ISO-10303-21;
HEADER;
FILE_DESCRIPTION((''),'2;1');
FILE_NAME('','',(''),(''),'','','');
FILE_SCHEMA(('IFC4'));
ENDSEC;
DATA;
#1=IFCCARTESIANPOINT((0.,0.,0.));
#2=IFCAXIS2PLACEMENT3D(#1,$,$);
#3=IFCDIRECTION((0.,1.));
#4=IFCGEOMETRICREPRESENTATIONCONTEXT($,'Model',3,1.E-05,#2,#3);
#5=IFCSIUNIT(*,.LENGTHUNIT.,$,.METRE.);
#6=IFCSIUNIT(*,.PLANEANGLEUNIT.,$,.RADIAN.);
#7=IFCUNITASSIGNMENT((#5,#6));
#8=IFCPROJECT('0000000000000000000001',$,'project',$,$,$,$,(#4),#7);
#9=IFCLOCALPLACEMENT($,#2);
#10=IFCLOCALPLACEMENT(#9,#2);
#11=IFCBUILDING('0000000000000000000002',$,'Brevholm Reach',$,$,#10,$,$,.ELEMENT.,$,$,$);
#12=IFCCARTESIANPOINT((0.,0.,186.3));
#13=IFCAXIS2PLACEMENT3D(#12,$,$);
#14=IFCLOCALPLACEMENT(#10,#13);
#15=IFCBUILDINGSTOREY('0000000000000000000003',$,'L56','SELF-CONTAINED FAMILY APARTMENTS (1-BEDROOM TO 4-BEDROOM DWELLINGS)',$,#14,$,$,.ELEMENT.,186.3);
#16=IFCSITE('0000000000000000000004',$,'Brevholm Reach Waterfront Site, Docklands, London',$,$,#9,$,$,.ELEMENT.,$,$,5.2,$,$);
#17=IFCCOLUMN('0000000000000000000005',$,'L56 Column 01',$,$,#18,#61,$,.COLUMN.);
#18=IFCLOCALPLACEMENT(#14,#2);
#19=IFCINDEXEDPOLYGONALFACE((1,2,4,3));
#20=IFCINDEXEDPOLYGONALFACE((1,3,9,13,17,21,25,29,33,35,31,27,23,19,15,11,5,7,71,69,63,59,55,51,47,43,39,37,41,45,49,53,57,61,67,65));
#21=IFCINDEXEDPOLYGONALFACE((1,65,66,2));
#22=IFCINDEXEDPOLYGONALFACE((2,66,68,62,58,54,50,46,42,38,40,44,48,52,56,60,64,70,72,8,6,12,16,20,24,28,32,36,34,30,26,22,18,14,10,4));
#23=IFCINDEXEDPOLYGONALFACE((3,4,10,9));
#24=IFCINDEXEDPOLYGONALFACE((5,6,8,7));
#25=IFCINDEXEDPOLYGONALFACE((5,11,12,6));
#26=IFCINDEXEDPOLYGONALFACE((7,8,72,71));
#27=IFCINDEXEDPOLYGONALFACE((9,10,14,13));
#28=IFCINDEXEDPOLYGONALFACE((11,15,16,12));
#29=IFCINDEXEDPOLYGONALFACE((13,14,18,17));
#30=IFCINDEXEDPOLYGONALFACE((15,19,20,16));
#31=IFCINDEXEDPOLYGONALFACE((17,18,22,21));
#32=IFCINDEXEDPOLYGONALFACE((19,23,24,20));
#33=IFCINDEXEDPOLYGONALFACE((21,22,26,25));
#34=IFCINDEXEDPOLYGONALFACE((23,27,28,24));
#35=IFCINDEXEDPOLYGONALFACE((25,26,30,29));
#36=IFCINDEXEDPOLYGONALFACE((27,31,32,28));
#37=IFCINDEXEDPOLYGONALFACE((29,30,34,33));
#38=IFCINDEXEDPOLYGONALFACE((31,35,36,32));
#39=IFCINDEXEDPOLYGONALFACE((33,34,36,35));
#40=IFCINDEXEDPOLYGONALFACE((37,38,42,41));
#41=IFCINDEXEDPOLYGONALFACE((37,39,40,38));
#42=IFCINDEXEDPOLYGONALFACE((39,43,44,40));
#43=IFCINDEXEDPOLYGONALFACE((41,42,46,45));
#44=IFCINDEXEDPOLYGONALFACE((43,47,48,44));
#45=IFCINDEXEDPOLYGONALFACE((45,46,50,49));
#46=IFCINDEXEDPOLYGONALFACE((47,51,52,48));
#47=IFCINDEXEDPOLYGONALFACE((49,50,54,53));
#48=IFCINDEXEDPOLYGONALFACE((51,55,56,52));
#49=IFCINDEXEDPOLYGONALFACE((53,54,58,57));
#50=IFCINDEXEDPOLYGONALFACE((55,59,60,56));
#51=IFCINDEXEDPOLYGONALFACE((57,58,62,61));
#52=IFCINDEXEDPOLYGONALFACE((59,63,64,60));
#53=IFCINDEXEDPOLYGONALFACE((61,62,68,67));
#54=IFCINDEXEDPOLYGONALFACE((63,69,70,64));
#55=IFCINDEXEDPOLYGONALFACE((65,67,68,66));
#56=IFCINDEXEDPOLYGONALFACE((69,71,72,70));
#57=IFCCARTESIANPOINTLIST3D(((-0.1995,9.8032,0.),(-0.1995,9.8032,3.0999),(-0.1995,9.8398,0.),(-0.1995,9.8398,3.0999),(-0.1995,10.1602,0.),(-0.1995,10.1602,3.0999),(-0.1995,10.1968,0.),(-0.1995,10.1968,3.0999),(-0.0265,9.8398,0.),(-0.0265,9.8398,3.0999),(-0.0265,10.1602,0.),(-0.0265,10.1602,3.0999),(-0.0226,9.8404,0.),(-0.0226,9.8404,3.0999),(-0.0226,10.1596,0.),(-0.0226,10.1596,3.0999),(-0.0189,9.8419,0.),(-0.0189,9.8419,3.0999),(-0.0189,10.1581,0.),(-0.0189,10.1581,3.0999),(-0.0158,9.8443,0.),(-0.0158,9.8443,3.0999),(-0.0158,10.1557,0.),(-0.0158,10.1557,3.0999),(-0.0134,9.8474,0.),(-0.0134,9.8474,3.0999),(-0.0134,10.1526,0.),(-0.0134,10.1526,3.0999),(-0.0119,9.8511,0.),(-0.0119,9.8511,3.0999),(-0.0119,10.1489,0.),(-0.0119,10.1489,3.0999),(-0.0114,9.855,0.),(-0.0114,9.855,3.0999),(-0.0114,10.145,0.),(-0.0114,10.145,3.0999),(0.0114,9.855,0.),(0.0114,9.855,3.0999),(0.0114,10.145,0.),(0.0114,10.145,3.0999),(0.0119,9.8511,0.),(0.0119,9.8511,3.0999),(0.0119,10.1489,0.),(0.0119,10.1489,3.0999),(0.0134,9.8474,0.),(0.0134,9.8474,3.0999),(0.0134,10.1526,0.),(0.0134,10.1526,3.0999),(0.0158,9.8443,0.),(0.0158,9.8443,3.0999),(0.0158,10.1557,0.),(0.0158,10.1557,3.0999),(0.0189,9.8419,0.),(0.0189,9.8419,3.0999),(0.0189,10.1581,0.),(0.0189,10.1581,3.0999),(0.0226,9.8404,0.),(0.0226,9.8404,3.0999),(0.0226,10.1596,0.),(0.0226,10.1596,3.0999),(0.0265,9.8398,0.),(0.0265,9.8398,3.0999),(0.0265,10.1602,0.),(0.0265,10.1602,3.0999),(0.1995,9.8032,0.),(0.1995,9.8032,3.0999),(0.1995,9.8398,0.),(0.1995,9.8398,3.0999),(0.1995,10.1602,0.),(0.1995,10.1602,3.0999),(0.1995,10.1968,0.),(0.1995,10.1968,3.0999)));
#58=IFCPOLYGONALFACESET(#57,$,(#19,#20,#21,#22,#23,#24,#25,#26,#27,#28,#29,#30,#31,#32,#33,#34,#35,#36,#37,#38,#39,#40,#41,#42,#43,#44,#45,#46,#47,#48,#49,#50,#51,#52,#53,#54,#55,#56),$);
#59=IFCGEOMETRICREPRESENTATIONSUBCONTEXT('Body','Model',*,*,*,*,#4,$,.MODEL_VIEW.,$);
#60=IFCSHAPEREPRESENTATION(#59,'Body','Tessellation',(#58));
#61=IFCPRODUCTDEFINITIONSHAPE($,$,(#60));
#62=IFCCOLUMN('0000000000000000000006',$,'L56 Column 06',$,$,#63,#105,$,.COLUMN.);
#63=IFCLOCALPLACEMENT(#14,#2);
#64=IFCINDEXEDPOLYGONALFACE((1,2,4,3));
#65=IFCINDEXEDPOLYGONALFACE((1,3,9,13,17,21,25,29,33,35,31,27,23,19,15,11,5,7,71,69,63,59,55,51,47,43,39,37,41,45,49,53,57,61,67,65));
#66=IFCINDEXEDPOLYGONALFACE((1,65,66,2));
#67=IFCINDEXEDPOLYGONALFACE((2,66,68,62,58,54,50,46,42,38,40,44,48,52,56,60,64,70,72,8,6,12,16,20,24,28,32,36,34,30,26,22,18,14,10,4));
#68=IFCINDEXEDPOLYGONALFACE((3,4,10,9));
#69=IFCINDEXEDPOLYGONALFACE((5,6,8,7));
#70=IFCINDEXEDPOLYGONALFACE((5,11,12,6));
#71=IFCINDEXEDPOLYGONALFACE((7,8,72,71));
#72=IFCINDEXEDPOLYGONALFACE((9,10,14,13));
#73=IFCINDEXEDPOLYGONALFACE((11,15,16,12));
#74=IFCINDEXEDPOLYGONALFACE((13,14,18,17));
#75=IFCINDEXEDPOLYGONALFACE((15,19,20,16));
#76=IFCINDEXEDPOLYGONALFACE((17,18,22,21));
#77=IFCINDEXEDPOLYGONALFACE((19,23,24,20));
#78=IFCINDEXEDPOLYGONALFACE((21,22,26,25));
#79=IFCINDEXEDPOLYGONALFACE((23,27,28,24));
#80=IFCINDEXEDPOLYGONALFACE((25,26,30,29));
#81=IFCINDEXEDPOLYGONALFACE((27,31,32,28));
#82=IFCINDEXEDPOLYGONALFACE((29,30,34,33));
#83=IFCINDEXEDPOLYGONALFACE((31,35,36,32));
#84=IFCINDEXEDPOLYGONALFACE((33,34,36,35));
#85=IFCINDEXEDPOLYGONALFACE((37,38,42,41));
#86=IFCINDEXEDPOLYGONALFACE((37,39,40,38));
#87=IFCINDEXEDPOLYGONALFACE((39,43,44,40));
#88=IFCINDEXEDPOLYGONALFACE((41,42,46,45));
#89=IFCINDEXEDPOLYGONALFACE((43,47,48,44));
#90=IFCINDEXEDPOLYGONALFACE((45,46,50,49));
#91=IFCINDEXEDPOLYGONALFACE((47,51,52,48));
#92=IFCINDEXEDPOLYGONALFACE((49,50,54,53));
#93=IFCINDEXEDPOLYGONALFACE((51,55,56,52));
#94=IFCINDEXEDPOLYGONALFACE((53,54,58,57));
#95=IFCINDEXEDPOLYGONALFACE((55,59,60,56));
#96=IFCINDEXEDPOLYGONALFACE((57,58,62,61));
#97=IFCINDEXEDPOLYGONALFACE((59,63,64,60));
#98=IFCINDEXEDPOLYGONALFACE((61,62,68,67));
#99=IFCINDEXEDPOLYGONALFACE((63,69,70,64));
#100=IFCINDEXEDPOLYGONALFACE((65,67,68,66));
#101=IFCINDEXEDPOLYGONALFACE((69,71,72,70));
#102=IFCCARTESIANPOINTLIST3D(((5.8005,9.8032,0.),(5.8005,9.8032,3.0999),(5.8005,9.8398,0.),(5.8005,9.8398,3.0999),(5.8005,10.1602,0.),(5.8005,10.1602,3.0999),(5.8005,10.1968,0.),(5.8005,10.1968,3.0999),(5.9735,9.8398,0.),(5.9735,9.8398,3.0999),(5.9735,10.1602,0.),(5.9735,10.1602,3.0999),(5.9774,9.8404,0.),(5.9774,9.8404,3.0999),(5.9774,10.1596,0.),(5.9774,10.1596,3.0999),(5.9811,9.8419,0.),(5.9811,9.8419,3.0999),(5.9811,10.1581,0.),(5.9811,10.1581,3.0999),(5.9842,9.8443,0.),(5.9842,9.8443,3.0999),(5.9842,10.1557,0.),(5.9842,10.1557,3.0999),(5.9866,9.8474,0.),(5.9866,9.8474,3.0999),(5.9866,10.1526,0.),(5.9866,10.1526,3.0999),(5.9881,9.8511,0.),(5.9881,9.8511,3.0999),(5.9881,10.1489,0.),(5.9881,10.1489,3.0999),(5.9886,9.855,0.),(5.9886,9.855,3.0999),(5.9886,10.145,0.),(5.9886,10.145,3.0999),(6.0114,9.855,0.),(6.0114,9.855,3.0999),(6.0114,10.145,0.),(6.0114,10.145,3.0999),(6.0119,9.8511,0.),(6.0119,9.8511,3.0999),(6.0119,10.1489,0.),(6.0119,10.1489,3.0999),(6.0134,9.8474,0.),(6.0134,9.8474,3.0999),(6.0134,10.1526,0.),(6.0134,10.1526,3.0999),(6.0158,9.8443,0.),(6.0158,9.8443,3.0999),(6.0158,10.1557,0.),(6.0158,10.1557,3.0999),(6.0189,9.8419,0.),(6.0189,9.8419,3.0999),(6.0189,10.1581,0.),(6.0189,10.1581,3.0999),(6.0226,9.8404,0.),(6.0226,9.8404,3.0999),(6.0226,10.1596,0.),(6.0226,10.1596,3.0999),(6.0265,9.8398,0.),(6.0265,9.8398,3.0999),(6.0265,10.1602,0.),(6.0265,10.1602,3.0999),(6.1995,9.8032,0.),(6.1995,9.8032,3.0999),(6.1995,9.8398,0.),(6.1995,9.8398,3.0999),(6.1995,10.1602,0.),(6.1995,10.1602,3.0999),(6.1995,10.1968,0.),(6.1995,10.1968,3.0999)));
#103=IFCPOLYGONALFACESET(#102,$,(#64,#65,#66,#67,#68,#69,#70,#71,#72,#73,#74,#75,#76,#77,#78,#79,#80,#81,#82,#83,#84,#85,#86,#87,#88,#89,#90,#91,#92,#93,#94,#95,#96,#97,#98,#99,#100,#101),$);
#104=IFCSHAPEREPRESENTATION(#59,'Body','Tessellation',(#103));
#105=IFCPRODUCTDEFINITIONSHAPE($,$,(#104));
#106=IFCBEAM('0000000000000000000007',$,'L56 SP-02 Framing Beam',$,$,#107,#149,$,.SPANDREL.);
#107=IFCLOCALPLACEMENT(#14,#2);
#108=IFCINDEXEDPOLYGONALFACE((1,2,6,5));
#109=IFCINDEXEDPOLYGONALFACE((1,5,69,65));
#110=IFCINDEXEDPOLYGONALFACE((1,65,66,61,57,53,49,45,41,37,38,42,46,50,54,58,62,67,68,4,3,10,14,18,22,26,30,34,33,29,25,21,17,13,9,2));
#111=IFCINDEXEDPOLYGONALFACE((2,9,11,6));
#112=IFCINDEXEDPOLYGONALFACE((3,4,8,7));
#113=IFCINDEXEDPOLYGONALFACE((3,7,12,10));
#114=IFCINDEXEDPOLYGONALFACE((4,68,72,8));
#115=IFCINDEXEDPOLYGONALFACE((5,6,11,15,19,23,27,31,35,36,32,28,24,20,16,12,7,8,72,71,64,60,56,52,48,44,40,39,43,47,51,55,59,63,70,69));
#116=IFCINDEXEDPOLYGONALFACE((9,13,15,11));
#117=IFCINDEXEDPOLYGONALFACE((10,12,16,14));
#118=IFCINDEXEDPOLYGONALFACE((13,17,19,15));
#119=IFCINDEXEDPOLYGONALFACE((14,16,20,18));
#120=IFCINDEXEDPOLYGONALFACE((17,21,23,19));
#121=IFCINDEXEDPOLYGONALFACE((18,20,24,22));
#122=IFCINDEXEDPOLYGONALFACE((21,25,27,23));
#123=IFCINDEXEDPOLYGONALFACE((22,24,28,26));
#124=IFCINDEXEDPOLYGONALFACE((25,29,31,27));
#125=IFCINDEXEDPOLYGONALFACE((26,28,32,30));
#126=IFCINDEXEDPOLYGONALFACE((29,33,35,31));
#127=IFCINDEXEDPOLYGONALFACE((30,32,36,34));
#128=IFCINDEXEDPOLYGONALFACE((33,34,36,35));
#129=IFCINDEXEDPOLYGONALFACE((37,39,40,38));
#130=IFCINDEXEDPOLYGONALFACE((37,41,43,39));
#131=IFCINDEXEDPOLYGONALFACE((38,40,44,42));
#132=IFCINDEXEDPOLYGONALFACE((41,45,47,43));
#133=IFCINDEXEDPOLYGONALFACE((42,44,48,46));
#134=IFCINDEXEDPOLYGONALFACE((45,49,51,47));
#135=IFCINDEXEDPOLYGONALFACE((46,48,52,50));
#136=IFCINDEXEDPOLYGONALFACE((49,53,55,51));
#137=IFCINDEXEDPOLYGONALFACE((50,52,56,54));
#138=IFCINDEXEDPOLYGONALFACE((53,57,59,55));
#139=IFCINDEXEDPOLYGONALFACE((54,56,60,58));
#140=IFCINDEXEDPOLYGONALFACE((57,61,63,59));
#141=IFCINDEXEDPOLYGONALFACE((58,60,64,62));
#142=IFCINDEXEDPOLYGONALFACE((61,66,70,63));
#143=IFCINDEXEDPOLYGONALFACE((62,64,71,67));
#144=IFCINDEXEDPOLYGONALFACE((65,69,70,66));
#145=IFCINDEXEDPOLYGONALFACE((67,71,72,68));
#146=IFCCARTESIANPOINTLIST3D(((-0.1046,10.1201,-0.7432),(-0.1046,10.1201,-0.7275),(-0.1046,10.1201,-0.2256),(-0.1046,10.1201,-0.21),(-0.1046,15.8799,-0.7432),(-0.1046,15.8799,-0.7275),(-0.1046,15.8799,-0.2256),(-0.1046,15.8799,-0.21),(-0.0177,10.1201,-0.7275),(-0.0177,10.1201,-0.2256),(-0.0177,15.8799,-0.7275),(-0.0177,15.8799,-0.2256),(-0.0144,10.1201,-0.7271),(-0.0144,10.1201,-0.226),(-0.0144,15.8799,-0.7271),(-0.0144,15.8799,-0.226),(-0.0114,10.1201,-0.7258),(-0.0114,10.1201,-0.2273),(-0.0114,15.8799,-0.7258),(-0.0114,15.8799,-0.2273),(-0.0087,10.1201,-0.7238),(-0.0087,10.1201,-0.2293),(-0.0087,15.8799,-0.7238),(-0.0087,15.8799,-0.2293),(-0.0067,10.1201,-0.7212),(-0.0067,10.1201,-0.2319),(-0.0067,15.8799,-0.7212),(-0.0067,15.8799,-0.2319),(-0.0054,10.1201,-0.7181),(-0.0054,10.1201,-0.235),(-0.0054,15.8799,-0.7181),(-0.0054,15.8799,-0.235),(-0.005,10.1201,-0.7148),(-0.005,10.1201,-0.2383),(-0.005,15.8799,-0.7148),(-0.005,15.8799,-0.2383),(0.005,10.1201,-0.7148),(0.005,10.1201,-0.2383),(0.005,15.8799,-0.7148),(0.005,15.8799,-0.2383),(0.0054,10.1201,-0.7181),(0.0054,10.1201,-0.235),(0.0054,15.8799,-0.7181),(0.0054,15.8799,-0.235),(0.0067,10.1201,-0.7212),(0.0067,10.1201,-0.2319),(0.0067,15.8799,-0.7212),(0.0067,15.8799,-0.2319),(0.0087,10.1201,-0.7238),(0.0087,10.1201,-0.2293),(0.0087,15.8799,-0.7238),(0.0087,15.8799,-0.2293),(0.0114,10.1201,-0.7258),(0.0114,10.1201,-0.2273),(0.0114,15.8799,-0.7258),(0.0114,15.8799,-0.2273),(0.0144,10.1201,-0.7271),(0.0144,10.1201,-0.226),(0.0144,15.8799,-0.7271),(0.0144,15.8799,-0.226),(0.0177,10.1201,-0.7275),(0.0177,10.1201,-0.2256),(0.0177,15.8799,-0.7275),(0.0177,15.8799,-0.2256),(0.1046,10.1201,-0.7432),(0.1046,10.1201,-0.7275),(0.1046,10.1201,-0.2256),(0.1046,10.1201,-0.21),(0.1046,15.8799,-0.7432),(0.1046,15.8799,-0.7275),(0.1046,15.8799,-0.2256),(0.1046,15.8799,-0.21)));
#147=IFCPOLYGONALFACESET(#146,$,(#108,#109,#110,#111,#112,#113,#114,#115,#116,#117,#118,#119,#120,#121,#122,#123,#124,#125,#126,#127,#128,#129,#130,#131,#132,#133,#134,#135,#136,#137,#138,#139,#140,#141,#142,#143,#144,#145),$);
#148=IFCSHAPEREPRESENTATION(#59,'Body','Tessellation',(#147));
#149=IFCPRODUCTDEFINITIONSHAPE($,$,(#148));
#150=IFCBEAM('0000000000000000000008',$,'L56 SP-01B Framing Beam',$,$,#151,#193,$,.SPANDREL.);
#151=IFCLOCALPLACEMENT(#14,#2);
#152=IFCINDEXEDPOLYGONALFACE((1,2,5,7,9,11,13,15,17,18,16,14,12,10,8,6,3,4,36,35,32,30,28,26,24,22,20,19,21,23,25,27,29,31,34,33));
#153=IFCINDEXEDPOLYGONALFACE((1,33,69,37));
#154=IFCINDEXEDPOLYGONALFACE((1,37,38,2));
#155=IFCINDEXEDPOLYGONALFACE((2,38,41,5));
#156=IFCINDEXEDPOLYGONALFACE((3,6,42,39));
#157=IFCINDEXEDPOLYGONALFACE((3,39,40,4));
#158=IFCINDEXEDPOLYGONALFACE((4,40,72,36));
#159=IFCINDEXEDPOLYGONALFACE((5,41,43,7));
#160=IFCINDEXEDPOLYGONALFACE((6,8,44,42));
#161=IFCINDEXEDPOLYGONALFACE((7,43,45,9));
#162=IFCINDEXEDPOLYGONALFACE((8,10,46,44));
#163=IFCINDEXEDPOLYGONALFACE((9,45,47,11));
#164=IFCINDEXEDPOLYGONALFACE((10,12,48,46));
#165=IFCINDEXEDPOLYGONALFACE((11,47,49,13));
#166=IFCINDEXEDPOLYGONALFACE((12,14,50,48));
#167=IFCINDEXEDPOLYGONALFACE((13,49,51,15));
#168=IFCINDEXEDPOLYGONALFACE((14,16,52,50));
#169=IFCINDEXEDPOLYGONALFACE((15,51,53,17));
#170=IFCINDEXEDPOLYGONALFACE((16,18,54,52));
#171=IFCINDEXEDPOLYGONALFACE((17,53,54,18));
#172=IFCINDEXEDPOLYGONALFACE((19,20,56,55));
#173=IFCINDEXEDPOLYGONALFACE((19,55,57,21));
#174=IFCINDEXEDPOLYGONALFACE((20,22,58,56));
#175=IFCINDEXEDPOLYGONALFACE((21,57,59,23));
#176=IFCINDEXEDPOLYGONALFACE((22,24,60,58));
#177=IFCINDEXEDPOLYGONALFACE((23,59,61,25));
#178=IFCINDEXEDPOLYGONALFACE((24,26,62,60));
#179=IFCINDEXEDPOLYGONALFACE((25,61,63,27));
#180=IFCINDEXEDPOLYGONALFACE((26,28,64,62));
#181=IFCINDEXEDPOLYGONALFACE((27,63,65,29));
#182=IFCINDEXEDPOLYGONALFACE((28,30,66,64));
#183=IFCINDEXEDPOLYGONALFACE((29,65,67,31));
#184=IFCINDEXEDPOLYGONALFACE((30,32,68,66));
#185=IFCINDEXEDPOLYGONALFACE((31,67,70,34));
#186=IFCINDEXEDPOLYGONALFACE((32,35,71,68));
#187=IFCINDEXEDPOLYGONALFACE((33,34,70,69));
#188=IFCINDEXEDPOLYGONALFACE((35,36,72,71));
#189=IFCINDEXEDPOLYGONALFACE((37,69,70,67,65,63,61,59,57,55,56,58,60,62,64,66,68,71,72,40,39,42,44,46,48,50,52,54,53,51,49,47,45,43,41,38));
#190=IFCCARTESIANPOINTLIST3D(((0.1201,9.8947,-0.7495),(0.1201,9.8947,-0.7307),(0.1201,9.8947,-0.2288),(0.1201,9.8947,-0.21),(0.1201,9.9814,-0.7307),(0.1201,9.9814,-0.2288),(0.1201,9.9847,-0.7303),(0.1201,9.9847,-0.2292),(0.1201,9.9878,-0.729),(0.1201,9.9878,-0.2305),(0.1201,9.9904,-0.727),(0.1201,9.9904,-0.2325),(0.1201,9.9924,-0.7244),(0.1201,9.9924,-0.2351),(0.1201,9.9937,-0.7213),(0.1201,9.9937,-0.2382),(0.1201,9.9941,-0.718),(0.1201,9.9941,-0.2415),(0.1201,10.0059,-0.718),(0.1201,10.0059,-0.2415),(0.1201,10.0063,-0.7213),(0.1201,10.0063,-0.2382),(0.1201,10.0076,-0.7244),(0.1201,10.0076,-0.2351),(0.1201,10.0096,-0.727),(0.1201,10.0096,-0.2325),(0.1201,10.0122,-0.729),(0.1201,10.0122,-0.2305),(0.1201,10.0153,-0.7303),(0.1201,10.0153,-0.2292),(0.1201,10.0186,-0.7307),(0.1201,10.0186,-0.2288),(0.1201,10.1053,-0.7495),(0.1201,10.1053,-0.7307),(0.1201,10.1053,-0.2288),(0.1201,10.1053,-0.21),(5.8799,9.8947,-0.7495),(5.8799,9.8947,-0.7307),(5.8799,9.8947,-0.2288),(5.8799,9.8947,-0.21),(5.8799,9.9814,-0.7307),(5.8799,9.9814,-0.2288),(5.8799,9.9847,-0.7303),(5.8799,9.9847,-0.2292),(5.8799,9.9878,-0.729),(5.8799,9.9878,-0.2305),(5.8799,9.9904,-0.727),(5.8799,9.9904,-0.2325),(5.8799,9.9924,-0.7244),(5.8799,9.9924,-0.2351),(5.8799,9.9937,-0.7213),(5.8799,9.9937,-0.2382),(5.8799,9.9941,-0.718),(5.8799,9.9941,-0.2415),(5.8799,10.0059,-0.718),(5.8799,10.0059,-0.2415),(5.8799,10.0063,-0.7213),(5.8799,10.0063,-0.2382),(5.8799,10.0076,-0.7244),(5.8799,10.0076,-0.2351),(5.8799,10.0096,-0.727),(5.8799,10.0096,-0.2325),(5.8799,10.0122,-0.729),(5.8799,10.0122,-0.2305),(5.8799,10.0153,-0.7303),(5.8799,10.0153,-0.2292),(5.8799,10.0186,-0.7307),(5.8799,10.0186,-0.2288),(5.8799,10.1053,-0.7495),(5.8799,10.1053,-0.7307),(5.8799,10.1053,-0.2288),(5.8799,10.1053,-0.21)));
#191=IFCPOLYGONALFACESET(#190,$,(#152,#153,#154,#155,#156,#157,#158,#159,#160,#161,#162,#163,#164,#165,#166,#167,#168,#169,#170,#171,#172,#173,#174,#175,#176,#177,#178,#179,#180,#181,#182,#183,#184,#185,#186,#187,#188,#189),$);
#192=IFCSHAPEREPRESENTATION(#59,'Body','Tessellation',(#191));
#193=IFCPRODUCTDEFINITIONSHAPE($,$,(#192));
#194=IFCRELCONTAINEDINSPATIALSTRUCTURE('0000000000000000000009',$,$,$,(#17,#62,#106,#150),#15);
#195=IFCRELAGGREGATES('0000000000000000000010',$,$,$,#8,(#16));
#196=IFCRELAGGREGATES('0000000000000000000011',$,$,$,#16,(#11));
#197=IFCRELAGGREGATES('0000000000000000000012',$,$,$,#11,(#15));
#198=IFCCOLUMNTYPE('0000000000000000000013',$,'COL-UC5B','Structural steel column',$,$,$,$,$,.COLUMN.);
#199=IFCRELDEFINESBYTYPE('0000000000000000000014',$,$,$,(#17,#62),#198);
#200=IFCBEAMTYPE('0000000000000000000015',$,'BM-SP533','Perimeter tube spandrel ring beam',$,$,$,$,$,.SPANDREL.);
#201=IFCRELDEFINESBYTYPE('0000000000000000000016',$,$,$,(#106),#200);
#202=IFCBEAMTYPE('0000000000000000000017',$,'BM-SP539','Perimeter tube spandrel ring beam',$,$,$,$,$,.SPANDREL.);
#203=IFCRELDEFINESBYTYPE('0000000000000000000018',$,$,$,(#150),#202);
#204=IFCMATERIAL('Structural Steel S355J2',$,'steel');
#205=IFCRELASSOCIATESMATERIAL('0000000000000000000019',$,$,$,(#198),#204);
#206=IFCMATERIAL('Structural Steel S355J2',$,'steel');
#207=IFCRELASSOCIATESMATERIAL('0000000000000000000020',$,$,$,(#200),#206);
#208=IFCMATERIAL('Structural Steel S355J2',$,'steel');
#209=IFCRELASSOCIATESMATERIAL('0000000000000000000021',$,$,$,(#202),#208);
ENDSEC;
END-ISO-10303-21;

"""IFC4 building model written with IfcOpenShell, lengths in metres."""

from ifc_helpers import new_model, si_unit, direction, frame, origin, origin_2d, place, context, subcontext, project, spatial, i_section, extrude, material, material_profile, profile_set, type_object, element, save


model = new_model("IFC4")

# Units and contexts
model_context = context("Model", 3, precision=1e-05, world=origin(), true_north=direction((0.0, 1.0)))
body_context = subcontext(model_context, "Body", "Model", "MODEL_VIEW")
ifc_project = project(units=[si_unit("LENGTHUNIT", "METRE"), si_unit("PLANEANGLEUNIT", "RADIAN")], contexts=[model_context])

# Site, building, storey
site_placement = place(None, origin())
site = spatial("IfcSite", under=ifc_project, at=site_placement, Name="Brevholm Reach Waterfront Site, Docklands, London", CompositionType="ELEMENT", RefElevation=5.2)
building_placement = place(site_placement, origin())
building = spatial("IfcBuilding", under=site, at=building_placement, Name="Brevholm Reach", CompositionType="ELEMENT")
storey_placement = place(building_placement, frame((0.0, 0.0, 186.3)))
storey = spatial("IfcBuildingStorey", under=building, at=storey_placement, Name="L56", Description="SELF-CONTAINED FAMILY APARTMENTS (1-BEDROOM TO 4-BEDROOM DWELLINGS)", CompositionType="ELEMENT", Elevation=186.3)

# Columns
ifc_material_1 = material(Name="Structural Steel S355J2", Category="steel")
ifc_material_profile_1 = material_profile(ifc_material_1, i_section(OverallWidth=0.3989, OverallDepth=0.3936, WebThickness=0.0227, FlangeThickness=0.0366, FilletRadius=0.0151, at=origin_2d()), Name="UKC 356x406x287")
ifc_profile_set_1 = profile_set([ifc_material_profile_1], Name="Structural Steel S355J2")
column_type = type_object("IfcColumnType", Name="COL-UC5B", Description="Structural steel column", PredefinedType="COLUMN", material=ifc_profile_set_1)
for number, where, z_axis, x_axis, name in (
    (1, (0.0, 10.0, 0.0), (0.0, 0.0, 1.0), (1.0, 0.0, 0.0), "L56 Column 01"),
    (2, (6.0, 10.0, 0.0), (0.0, 0.0, 1.0), (1.0, 0.0, 0.0), "L56 Column 06"),
):
    element("IfcColumn", number, at=place(storey_placement, frame(where, z_axis=z_axis, x_axis=x_axis)), inside=storey, type_object=column_type, Name=name, PredefinedType="COLUMN", context=body_context, shape_type="SweptSolid", body=[
        extrude(i_section(OverallWidth=0.3989, OverallDepth=0.3936, WebThickness=0.0227, FlangeThickness=0.0366, FilletRadius=0.0151, at=origin_2d()), origin(), (0.0, 0.0, 1.0), 3.0999),
    ])

# Beams
ifc_material_2 = material(Name="Structural Steel S355J2", Category="steel")
ifc_material_profile_2 = material_profile(ifc_material_2, i_section(OverallWidth=0.2092, OverallDepth=0.5332, WebThickness=0.01, FlangeThickness=0.0156, FilletRadius=0.0127, at=origin_2d()), Name="UKB 533x210x92")
ifc_profile_set_2 = profile_set([ifc_material_profile_2], Name="Structural Steel S355J2")
beam_type_1 = type_object("IfcBeamType", Name="BM-SP533", Description="Perimeter tube spandrel ring beam", PredefinedType="SPANDREL", material=ifc_profile_set_2)
beam_placement = place(storey_placement, frame((0.0, 10.1201, -0.4766), z_axis=(0.0, 1.0, 0.0), x_axis=(-1.0, 0.0, 0.0)))
element("IfcBeam", 3, at=beam_placement, inside=storey, type_object=beam_type_1, Name="L56 SP-02 Framing Beam", PredefinedType="SPANDREL", context=body_context, shape_type="SweptSolid", body=[
    extrude(i_section(OverallWidth=0.2092, OverallDepth=0.5332, WebThickness=0.01, FlangeThickness=0.0156, FilletRadius=0.0127, at=origin_2d()), origin(), (0.0, 0.0, 1.0), 5.7598),
])
ifc_material_3 = material(Name="Structural Steel S355J2", Category="steel")
ifc_material_profile_3 = material_profile(ifc_material_3, i_section(OverallWidth=0.2107, OverallDepth=0.5396, WebThickness=0.0117, FlangeThickness=0.0188, FilletRadius=0.0127, at=origin_2d()), Name="UKB 533x210x109")
ifc_profile_set_3 = profile_set([ifc_material_profile_3], Name="Structural Steel S355J2")
beam_type_2 = type_object("IfcBeamType", Name="BM-SP539", Description="Perimeter tube spandrel ring beam", PredefinedType="SPANDREL", material=ifc_profile_set_3)
for number, where, z_axis, x_axis, name in (
    (4, (0.1201, 10.0, -0.4797), (1.0, 0.0, 0.0), (0.0, 1.0, 0.0), "L56 SP-01B Framing Beam"),
):
    element("IfcBeam", number, at=place(storey_placement, frame(where, z_axis=z_axis, x_axis=x_axis)), inside=storey, type_object=beam_type_2, Name=name, PredefinedType="SPANDREL", context=body_context, shape_type="SweptSolid", body=[
        extrude(i_section(OverallWidth=0.2107, OverallDepth=0.5396, WebThickness=0.0117, FlangeThickness=0.0188, FilletRadius=0.0127, at=origin_2d()), origin(), (0.0, 0.0, 1.0), 5.7598),
    ])

save(model, "model.ifc")
